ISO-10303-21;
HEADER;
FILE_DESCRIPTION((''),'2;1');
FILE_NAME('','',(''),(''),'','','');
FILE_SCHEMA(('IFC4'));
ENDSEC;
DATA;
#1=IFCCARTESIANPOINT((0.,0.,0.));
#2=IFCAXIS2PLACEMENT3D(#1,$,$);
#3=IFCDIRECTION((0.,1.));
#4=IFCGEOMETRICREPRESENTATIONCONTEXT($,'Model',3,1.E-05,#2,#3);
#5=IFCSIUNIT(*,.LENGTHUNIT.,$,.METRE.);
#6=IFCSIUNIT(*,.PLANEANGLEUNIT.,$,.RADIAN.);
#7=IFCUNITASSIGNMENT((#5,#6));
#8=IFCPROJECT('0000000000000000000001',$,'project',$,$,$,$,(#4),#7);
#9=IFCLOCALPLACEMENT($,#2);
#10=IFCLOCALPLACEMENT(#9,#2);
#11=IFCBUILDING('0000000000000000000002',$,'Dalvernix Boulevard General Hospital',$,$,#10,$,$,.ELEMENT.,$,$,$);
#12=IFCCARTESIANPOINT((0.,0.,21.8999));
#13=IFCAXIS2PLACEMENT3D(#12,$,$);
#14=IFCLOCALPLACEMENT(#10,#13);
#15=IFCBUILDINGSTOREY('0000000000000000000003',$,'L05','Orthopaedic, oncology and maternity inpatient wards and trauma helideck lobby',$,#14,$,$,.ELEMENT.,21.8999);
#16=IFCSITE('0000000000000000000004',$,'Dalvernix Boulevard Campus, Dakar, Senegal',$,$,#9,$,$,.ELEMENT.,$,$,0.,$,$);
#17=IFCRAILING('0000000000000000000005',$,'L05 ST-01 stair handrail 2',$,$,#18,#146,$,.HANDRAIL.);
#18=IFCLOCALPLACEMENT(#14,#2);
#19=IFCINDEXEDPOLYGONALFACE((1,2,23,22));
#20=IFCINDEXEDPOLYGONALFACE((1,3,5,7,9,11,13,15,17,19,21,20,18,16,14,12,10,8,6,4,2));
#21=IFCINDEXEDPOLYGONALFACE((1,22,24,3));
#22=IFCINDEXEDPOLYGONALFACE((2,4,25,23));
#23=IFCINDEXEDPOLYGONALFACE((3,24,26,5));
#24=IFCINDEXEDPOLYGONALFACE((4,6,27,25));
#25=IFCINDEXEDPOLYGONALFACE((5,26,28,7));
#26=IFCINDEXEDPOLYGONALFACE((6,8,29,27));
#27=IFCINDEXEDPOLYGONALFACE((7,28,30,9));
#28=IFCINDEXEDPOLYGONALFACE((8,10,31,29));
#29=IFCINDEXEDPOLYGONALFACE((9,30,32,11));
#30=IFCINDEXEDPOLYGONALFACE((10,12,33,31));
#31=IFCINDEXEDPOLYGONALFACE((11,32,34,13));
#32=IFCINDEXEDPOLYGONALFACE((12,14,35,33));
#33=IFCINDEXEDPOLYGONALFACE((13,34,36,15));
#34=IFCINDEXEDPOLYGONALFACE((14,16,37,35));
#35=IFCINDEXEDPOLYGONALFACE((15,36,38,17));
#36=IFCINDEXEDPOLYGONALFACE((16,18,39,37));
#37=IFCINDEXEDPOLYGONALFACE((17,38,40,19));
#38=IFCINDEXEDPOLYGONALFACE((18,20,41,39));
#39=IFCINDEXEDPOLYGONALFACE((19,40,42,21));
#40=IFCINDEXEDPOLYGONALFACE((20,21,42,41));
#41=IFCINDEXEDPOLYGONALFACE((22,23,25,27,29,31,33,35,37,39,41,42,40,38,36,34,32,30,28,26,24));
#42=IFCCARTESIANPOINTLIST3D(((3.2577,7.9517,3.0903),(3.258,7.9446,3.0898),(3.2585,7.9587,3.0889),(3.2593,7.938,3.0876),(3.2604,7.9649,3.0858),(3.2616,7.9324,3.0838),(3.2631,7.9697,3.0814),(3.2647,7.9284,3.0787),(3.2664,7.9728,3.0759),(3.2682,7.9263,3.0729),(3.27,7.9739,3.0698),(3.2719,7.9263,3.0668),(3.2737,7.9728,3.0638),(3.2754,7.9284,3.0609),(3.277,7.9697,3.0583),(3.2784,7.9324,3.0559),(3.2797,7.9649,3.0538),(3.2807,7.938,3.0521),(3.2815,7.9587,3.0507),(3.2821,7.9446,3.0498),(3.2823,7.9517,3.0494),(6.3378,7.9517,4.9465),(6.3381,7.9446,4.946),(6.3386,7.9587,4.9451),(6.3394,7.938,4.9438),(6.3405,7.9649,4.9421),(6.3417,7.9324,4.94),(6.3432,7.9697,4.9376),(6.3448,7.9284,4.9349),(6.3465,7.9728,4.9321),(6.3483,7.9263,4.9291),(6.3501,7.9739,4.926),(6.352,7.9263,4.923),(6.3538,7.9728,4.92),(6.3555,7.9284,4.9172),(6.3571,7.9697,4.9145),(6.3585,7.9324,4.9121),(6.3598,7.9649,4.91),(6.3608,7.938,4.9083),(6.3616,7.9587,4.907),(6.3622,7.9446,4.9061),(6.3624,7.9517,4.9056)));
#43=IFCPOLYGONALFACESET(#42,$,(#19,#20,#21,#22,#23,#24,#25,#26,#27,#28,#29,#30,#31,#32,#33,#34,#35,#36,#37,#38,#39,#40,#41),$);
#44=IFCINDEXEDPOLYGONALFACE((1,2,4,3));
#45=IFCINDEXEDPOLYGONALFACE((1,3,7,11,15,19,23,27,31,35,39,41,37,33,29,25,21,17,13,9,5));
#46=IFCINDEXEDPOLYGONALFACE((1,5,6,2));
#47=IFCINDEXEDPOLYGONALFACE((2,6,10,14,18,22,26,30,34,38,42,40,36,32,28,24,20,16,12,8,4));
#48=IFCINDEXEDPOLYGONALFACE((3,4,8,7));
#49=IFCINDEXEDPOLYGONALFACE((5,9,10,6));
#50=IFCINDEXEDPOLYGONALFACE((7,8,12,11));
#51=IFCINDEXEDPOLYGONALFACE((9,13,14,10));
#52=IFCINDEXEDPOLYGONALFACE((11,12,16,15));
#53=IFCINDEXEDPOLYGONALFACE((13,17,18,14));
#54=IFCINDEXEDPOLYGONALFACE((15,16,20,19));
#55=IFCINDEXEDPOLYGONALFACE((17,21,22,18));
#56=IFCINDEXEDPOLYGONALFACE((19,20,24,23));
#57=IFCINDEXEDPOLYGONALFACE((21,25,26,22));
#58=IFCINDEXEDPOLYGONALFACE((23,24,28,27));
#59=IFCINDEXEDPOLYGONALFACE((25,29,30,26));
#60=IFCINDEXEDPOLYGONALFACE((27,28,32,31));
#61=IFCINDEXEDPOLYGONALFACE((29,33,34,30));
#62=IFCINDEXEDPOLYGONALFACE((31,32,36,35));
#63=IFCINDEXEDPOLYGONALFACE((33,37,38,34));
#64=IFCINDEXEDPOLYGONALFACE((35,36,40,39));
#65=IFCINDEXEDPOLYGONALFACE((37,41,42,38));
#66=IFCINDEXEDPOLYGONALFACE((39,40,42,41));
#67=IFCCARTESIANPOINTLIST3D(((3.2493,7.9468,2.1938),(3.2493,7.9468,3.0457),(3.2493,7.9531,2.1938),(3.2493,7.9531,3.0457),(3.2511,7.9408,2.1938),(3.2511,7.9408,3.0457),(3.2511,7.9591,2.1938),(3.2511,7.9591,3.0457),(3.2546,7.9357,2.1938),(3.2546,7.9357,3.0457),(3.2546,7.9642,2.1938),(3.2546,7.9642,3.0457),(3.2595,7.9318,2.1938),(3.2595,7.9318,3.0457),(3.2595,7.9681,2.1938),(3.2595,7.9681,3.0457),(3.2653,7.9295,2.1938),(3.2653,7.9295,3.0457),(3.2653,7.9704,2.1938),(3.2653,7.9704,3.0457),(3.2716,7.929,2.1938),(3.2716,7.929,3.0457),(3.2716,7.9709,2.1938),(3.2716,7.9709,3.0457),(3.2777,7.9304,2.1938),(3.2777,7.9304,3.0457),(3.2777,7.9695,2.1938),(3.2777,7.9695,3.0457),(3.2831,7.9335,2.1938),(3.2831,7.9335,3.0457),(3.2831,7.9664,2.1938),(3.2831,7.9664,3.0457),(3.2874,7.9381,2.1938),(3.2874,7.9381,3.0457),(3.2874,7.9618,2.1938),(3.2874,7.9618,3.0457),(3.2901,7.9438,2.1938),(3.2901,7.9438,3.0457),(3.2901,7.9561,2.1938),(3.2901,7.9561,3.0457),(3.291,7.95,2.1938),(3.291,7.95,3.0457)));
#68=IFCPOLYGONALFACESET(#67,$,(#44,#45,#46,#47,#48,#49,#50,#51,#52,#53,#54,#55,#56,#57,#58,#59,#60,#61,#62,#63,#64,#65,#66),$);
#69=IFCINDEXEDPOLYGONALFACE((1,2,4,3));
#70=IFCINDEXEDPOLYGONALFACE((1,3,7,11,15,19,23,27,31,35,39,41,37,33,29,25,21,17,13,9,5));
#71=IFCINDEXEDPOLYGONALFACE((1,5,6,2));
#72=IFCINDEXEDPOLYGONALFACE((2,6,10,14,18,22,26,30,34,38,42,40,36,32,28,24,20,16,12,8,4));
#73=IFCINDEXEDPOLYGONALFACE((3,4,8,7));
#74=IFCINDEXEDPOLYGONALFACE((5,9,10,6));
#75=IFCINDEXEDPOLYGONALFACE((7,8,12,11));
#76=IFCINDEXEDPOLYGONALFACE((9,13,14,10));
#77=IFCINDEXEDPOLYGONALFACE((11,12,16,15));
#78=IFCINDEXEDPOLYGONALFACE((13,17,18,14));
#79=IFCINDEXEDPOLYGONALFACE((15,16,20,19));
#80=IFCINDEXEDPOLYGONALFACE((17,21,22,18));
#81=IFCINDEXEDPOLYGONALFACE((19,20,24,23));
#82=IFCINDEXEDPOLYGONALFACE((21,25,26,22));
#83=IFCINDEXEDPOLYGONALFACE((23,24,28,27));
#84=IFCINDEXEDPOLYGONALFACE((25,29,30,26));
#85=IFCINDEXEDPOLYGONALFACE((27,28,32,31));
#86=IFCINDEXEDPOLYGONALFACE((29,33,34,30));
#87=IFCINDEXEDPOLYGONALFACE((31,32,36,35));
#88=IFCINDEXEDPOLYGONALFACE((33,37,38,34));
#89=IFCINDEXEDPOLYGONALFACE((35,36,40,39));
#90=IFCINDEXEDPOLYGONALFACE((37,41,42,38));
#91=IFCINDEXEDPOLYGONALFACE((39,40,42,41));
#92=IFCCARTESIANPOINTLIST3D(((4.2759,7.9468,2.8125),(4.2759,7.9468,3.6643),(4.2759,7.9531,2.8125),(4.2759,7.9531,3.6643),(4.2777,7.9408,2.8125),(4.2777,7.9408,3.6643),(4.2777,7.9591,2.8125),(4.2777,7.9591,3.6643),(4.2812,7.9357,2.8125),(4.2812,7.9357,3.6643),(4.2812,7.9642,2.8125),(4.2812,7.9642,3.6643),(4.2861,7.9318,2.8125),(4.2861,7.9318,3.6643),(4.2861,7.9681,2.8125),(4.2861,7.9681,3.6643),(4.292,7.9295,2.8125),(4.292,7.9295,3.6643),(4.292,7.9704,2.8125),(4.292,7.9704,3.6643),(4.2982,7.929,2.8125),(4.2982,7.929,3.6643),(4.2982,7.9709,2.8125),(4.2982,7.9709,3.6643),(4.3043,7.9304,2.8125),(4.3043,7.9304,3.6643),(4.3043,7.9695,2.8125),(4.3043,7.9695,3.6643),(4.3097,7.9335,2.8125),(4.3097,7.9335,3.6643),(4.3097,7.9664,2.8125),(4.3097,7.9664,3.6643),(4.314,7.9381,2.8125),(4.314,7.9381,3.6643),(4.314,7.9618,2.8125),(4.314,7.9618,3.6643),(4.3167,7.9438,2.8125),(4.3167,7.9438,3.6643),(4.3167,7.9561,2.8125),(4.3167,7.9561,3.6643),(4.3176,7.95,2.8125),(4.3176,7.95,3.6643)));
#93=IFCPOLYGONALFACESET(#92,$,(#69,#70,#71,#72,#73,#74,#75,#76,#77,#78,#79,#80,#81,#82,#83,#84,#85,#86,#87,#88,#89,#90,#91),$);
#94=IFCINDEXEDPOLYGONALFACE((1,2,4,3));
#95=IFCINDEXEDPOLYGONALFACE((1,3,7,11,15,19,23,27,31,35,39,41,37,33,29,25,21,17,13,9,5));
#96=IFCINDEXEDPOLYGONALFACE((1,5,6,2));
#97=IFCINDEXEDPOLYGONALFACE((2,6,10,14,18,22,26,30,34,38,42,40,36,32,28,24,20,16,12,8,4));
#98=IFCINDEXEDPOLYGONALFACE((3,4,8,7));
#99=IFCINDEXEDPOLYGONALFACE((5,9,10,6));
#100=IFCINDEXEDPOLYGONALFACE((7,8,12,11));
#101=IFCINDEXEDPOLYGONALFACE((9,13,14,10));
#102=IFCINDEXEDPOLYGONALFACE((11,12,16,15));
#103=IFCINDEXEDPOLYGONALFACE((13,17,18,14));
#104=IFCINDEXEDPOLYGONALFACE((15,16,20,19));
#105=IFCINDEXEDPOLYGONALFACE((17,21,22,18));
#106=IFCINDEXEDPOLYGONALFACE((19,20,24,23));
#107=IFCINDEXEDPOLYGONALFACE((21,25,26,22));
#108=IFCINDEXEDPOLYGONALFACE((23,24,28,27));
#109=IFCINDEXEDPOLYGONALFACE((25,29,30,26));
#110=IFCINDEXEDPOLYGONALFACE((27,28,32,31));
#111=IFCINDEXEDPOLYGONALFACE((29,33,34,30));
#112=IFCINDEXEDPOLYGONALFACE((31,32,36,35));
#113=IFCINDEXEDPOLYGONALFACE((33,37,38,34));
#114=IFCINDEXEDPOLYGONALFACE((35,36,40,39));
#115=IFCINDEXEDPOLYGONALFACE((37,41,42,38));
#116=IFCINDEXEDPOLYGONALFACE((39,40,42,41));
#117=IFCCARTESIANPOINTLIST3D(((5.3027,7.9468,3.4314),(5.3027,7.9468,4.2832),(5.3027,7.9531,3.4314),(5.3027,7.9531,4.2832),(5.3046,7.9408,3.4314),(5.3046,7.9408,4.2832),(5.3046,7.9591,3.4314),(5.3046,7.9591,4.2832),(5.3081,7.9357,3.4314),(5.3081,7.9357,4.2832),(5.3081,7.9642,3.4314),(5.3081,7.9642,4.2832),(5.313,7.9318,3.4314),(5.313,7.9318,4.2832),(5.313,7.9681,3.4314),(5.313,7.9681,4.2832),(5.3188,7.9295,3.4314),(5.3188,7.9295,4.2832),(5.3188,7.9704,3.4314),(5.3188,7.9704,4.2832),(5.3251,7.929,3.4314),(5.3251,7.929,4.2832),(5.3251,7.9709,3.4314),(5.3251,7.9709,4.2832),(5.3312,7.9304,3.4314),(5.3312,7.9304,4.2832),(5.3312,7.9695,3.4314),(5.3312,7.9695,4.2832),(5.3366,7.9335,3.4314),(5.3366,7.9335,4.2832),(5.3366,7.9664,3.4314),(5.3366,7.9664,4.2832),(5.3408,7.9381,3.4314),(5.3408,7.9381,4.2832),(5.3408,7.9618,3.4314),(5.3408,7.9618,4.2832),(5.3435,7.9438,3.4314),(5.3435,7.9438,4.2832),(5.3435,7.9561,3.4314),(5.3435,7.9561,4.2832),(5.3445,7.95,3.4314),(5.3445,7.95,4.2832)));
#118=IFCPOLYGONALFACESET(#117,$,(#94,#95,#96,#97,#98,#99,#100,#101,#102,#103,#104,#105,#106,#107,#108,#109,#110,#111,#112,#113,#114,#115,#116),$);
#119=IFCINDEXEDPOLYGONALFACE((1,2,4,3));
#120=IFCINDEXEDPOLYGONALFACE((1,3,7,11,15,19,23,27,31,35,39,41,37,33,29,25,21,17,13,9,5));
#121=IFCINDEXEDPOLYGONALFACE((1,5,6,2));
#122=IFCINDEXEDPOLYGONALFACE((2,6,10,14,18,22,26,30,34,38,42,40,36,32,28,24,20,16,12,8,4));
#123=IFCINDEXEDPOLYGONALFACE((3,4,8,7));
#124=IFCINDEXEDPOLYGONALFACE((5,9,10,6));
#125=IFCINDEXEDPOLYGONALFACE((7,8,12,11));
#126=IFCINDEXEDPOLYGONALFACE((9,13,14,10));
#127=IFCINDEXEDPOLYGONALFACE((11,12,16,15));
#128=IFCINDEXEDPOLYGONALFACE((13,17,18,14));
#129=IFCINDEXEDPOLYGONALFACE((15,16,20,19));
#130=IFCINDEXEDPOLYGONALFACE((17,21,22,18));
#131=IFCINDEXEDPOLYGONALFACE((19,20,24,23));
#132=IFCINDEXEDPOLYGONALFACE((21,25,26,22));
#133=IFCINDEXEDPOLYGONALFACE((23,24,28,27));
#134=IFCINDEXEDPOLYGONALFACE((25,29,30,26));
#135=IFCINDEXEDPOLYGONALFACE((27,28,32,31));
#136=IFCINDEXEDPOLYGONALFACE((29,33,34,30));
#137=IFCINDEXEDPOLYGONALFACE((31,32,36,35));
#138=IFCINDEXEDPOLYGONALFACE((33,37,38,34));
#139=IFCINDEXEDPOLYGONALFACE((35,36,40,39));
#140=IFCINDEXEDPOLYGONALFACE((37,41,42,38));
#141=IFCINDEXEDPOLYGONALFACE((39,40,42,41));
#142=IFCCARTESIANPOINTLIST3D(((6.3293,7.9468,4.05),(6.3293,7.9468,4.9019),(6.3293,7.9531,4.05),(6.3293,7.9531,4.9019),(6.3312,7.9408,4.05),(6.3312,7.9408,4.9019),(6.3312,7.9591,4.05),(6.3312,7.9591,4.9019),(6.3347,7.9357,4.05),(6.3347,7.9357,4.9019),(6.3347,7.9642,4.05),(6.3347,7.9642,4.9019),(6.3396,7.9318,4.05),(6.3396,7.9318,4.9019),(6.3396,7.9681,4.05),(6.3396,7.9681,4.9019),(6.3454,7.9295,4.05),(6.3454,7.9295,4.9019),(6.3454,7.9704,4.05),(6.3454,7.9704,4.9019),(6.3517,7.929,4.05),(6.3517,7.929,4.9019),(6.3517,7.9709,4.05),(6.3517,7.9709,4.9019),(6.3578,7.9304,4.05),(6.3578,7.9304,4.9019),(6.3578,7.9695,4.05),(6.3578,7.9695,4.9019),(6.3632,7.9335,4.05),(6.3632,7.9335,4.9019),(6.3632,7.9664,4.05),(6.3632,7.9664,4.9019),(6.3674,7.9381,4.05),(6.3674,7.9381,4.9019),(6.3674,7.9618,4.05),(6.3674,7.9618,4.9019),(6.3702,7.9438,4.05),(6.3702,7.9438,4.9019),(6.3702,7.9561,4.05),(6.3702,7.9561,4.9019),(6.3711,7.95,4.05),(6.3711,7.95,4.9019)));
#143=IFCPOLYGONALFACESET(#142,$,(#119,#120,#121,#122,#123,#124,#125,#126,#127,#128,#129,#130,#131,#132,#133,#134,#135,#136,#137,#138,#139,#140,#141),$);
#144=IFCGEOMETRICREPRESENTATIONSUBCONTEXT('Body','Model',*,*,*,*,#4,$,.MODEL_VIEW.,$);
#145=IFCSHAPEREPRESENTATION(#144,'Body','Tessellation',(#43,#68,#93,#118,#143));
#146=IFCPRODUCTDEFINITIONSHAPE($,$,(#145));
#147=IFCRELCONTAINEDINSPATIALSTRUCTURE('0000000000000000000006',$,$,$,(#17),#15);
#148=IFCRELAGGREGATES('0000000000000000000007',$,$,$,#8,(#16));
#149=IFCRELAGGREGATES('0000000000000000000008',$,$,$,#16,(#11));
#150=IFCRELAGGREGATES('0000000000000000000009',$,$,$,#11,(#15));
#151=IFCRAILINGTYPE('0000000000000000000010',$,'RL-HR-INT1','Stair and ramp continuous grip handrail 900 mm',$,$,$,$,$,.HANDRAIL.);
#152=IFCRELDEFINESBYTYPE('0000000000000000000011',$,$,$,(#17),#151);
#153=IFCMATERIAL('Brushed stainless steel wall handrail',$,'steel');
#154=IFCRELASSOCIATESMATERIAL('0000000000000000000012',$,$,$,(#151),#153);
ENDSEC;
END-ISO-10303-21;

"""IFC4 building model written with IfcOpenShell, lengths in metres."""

from ifc_helpers import new_model, si_unit, direction, frame, origin, origin_2d, place, context, subcontext, project, spatial, circle, extrude, material, type_object, element, save


model = new_model("IFC4")

# Units and contexts
model_context = context("Model", 3, precision=1e-05, world=origin(), true_north=direction((0.0, 1.0)))
body_context = subcontext(model_context, "Body", "Model", "MODEL_VIEW")
ifc_project = project(units=[si_unit("LENGTHUNIT", "METRE"), si_unit("PLANEANGLEUNIT", "RADIAN")], contexts=[model_context])

# Site, building, storey
site_placement = place(None, origin())
site = spatial("IfcSite", under=ifc_project, at=site_placement, Name="Dalvernix Boulevard Campus, Dakar, Senegal", CompositionType="ELEMENT", RefElevation=0.0)
building_placement = place(site_placement, origin())
building = spatial("IfcBuilding", under=site, at=building_placement, Name="Dalvernix Boulevard General Hospital", CompositionType="ELEMENT")
storey_placement = place(building_placement, frame((0.0, 0.0, 21.8999)))
storey = spatial("IfcBuildingStorey", under=building, at=storey_placement, Name="L05", Description="Orthopaedic, oncology and maternity inpatient wards and trauma helideck lobby", CompositionType="ELEMENT", Elevation=21.8999)

# Railing
ifc_material_1 = material(Name="Brushed stainless steel wall handrail", Category="steel")
railing_type_1 = type_object("IfcRailingType", Name="RL-HR-INT1", Description="Stair and ramp continuous grip handrail 900 mm", PredefinedType="HANDRAIL", material=ifc_material_1)
railing_1_placement = place(storey_placement, frame((3.27, 7.95, 2.1938)))
element("IfcRailing", 1, at=railing_1_placement, inside=storey, type_object=railing_type_1, Name="L05 ST-01 stair handrail 2", PredefinedType="HANDRAIL", context=body_context, shape_type="SweptSolid", body=[
    extrude(circle(Radius=0.0239, at=origin_2d()), frame((0.0, 0.0, 0.876), z_axis=(0.856491, 0.0, 0.516162), x_axis=(0.0, 1.0, 0.0)), (0.0, 0.0, 1.0), 3.5962),
    extrude(circle(Radius=0.021, at=origin_2d()), origin(), (0.0, 0.0, 1.0), 0.8518),
    extrude(circle(Radius=0.021, at=origin_2d()), frame((1.0266, 0.0, 0.6187)), (0.0, 0.0, 1.0), 0.8518),
    extrude(circle(Radius=0.021, at=origin_2d()), frame((2.0535, 0.0, 1.2375)), (0.0, 0.0, 1.0), 0.8518),
    extrude(circle(Radius=0.021, at=origin_2d()), frame((3.0801, 0.0, 1.8562)), (0.0, 0.0, 1.0), 0.8518),
])

save(model, "model.ifc")
